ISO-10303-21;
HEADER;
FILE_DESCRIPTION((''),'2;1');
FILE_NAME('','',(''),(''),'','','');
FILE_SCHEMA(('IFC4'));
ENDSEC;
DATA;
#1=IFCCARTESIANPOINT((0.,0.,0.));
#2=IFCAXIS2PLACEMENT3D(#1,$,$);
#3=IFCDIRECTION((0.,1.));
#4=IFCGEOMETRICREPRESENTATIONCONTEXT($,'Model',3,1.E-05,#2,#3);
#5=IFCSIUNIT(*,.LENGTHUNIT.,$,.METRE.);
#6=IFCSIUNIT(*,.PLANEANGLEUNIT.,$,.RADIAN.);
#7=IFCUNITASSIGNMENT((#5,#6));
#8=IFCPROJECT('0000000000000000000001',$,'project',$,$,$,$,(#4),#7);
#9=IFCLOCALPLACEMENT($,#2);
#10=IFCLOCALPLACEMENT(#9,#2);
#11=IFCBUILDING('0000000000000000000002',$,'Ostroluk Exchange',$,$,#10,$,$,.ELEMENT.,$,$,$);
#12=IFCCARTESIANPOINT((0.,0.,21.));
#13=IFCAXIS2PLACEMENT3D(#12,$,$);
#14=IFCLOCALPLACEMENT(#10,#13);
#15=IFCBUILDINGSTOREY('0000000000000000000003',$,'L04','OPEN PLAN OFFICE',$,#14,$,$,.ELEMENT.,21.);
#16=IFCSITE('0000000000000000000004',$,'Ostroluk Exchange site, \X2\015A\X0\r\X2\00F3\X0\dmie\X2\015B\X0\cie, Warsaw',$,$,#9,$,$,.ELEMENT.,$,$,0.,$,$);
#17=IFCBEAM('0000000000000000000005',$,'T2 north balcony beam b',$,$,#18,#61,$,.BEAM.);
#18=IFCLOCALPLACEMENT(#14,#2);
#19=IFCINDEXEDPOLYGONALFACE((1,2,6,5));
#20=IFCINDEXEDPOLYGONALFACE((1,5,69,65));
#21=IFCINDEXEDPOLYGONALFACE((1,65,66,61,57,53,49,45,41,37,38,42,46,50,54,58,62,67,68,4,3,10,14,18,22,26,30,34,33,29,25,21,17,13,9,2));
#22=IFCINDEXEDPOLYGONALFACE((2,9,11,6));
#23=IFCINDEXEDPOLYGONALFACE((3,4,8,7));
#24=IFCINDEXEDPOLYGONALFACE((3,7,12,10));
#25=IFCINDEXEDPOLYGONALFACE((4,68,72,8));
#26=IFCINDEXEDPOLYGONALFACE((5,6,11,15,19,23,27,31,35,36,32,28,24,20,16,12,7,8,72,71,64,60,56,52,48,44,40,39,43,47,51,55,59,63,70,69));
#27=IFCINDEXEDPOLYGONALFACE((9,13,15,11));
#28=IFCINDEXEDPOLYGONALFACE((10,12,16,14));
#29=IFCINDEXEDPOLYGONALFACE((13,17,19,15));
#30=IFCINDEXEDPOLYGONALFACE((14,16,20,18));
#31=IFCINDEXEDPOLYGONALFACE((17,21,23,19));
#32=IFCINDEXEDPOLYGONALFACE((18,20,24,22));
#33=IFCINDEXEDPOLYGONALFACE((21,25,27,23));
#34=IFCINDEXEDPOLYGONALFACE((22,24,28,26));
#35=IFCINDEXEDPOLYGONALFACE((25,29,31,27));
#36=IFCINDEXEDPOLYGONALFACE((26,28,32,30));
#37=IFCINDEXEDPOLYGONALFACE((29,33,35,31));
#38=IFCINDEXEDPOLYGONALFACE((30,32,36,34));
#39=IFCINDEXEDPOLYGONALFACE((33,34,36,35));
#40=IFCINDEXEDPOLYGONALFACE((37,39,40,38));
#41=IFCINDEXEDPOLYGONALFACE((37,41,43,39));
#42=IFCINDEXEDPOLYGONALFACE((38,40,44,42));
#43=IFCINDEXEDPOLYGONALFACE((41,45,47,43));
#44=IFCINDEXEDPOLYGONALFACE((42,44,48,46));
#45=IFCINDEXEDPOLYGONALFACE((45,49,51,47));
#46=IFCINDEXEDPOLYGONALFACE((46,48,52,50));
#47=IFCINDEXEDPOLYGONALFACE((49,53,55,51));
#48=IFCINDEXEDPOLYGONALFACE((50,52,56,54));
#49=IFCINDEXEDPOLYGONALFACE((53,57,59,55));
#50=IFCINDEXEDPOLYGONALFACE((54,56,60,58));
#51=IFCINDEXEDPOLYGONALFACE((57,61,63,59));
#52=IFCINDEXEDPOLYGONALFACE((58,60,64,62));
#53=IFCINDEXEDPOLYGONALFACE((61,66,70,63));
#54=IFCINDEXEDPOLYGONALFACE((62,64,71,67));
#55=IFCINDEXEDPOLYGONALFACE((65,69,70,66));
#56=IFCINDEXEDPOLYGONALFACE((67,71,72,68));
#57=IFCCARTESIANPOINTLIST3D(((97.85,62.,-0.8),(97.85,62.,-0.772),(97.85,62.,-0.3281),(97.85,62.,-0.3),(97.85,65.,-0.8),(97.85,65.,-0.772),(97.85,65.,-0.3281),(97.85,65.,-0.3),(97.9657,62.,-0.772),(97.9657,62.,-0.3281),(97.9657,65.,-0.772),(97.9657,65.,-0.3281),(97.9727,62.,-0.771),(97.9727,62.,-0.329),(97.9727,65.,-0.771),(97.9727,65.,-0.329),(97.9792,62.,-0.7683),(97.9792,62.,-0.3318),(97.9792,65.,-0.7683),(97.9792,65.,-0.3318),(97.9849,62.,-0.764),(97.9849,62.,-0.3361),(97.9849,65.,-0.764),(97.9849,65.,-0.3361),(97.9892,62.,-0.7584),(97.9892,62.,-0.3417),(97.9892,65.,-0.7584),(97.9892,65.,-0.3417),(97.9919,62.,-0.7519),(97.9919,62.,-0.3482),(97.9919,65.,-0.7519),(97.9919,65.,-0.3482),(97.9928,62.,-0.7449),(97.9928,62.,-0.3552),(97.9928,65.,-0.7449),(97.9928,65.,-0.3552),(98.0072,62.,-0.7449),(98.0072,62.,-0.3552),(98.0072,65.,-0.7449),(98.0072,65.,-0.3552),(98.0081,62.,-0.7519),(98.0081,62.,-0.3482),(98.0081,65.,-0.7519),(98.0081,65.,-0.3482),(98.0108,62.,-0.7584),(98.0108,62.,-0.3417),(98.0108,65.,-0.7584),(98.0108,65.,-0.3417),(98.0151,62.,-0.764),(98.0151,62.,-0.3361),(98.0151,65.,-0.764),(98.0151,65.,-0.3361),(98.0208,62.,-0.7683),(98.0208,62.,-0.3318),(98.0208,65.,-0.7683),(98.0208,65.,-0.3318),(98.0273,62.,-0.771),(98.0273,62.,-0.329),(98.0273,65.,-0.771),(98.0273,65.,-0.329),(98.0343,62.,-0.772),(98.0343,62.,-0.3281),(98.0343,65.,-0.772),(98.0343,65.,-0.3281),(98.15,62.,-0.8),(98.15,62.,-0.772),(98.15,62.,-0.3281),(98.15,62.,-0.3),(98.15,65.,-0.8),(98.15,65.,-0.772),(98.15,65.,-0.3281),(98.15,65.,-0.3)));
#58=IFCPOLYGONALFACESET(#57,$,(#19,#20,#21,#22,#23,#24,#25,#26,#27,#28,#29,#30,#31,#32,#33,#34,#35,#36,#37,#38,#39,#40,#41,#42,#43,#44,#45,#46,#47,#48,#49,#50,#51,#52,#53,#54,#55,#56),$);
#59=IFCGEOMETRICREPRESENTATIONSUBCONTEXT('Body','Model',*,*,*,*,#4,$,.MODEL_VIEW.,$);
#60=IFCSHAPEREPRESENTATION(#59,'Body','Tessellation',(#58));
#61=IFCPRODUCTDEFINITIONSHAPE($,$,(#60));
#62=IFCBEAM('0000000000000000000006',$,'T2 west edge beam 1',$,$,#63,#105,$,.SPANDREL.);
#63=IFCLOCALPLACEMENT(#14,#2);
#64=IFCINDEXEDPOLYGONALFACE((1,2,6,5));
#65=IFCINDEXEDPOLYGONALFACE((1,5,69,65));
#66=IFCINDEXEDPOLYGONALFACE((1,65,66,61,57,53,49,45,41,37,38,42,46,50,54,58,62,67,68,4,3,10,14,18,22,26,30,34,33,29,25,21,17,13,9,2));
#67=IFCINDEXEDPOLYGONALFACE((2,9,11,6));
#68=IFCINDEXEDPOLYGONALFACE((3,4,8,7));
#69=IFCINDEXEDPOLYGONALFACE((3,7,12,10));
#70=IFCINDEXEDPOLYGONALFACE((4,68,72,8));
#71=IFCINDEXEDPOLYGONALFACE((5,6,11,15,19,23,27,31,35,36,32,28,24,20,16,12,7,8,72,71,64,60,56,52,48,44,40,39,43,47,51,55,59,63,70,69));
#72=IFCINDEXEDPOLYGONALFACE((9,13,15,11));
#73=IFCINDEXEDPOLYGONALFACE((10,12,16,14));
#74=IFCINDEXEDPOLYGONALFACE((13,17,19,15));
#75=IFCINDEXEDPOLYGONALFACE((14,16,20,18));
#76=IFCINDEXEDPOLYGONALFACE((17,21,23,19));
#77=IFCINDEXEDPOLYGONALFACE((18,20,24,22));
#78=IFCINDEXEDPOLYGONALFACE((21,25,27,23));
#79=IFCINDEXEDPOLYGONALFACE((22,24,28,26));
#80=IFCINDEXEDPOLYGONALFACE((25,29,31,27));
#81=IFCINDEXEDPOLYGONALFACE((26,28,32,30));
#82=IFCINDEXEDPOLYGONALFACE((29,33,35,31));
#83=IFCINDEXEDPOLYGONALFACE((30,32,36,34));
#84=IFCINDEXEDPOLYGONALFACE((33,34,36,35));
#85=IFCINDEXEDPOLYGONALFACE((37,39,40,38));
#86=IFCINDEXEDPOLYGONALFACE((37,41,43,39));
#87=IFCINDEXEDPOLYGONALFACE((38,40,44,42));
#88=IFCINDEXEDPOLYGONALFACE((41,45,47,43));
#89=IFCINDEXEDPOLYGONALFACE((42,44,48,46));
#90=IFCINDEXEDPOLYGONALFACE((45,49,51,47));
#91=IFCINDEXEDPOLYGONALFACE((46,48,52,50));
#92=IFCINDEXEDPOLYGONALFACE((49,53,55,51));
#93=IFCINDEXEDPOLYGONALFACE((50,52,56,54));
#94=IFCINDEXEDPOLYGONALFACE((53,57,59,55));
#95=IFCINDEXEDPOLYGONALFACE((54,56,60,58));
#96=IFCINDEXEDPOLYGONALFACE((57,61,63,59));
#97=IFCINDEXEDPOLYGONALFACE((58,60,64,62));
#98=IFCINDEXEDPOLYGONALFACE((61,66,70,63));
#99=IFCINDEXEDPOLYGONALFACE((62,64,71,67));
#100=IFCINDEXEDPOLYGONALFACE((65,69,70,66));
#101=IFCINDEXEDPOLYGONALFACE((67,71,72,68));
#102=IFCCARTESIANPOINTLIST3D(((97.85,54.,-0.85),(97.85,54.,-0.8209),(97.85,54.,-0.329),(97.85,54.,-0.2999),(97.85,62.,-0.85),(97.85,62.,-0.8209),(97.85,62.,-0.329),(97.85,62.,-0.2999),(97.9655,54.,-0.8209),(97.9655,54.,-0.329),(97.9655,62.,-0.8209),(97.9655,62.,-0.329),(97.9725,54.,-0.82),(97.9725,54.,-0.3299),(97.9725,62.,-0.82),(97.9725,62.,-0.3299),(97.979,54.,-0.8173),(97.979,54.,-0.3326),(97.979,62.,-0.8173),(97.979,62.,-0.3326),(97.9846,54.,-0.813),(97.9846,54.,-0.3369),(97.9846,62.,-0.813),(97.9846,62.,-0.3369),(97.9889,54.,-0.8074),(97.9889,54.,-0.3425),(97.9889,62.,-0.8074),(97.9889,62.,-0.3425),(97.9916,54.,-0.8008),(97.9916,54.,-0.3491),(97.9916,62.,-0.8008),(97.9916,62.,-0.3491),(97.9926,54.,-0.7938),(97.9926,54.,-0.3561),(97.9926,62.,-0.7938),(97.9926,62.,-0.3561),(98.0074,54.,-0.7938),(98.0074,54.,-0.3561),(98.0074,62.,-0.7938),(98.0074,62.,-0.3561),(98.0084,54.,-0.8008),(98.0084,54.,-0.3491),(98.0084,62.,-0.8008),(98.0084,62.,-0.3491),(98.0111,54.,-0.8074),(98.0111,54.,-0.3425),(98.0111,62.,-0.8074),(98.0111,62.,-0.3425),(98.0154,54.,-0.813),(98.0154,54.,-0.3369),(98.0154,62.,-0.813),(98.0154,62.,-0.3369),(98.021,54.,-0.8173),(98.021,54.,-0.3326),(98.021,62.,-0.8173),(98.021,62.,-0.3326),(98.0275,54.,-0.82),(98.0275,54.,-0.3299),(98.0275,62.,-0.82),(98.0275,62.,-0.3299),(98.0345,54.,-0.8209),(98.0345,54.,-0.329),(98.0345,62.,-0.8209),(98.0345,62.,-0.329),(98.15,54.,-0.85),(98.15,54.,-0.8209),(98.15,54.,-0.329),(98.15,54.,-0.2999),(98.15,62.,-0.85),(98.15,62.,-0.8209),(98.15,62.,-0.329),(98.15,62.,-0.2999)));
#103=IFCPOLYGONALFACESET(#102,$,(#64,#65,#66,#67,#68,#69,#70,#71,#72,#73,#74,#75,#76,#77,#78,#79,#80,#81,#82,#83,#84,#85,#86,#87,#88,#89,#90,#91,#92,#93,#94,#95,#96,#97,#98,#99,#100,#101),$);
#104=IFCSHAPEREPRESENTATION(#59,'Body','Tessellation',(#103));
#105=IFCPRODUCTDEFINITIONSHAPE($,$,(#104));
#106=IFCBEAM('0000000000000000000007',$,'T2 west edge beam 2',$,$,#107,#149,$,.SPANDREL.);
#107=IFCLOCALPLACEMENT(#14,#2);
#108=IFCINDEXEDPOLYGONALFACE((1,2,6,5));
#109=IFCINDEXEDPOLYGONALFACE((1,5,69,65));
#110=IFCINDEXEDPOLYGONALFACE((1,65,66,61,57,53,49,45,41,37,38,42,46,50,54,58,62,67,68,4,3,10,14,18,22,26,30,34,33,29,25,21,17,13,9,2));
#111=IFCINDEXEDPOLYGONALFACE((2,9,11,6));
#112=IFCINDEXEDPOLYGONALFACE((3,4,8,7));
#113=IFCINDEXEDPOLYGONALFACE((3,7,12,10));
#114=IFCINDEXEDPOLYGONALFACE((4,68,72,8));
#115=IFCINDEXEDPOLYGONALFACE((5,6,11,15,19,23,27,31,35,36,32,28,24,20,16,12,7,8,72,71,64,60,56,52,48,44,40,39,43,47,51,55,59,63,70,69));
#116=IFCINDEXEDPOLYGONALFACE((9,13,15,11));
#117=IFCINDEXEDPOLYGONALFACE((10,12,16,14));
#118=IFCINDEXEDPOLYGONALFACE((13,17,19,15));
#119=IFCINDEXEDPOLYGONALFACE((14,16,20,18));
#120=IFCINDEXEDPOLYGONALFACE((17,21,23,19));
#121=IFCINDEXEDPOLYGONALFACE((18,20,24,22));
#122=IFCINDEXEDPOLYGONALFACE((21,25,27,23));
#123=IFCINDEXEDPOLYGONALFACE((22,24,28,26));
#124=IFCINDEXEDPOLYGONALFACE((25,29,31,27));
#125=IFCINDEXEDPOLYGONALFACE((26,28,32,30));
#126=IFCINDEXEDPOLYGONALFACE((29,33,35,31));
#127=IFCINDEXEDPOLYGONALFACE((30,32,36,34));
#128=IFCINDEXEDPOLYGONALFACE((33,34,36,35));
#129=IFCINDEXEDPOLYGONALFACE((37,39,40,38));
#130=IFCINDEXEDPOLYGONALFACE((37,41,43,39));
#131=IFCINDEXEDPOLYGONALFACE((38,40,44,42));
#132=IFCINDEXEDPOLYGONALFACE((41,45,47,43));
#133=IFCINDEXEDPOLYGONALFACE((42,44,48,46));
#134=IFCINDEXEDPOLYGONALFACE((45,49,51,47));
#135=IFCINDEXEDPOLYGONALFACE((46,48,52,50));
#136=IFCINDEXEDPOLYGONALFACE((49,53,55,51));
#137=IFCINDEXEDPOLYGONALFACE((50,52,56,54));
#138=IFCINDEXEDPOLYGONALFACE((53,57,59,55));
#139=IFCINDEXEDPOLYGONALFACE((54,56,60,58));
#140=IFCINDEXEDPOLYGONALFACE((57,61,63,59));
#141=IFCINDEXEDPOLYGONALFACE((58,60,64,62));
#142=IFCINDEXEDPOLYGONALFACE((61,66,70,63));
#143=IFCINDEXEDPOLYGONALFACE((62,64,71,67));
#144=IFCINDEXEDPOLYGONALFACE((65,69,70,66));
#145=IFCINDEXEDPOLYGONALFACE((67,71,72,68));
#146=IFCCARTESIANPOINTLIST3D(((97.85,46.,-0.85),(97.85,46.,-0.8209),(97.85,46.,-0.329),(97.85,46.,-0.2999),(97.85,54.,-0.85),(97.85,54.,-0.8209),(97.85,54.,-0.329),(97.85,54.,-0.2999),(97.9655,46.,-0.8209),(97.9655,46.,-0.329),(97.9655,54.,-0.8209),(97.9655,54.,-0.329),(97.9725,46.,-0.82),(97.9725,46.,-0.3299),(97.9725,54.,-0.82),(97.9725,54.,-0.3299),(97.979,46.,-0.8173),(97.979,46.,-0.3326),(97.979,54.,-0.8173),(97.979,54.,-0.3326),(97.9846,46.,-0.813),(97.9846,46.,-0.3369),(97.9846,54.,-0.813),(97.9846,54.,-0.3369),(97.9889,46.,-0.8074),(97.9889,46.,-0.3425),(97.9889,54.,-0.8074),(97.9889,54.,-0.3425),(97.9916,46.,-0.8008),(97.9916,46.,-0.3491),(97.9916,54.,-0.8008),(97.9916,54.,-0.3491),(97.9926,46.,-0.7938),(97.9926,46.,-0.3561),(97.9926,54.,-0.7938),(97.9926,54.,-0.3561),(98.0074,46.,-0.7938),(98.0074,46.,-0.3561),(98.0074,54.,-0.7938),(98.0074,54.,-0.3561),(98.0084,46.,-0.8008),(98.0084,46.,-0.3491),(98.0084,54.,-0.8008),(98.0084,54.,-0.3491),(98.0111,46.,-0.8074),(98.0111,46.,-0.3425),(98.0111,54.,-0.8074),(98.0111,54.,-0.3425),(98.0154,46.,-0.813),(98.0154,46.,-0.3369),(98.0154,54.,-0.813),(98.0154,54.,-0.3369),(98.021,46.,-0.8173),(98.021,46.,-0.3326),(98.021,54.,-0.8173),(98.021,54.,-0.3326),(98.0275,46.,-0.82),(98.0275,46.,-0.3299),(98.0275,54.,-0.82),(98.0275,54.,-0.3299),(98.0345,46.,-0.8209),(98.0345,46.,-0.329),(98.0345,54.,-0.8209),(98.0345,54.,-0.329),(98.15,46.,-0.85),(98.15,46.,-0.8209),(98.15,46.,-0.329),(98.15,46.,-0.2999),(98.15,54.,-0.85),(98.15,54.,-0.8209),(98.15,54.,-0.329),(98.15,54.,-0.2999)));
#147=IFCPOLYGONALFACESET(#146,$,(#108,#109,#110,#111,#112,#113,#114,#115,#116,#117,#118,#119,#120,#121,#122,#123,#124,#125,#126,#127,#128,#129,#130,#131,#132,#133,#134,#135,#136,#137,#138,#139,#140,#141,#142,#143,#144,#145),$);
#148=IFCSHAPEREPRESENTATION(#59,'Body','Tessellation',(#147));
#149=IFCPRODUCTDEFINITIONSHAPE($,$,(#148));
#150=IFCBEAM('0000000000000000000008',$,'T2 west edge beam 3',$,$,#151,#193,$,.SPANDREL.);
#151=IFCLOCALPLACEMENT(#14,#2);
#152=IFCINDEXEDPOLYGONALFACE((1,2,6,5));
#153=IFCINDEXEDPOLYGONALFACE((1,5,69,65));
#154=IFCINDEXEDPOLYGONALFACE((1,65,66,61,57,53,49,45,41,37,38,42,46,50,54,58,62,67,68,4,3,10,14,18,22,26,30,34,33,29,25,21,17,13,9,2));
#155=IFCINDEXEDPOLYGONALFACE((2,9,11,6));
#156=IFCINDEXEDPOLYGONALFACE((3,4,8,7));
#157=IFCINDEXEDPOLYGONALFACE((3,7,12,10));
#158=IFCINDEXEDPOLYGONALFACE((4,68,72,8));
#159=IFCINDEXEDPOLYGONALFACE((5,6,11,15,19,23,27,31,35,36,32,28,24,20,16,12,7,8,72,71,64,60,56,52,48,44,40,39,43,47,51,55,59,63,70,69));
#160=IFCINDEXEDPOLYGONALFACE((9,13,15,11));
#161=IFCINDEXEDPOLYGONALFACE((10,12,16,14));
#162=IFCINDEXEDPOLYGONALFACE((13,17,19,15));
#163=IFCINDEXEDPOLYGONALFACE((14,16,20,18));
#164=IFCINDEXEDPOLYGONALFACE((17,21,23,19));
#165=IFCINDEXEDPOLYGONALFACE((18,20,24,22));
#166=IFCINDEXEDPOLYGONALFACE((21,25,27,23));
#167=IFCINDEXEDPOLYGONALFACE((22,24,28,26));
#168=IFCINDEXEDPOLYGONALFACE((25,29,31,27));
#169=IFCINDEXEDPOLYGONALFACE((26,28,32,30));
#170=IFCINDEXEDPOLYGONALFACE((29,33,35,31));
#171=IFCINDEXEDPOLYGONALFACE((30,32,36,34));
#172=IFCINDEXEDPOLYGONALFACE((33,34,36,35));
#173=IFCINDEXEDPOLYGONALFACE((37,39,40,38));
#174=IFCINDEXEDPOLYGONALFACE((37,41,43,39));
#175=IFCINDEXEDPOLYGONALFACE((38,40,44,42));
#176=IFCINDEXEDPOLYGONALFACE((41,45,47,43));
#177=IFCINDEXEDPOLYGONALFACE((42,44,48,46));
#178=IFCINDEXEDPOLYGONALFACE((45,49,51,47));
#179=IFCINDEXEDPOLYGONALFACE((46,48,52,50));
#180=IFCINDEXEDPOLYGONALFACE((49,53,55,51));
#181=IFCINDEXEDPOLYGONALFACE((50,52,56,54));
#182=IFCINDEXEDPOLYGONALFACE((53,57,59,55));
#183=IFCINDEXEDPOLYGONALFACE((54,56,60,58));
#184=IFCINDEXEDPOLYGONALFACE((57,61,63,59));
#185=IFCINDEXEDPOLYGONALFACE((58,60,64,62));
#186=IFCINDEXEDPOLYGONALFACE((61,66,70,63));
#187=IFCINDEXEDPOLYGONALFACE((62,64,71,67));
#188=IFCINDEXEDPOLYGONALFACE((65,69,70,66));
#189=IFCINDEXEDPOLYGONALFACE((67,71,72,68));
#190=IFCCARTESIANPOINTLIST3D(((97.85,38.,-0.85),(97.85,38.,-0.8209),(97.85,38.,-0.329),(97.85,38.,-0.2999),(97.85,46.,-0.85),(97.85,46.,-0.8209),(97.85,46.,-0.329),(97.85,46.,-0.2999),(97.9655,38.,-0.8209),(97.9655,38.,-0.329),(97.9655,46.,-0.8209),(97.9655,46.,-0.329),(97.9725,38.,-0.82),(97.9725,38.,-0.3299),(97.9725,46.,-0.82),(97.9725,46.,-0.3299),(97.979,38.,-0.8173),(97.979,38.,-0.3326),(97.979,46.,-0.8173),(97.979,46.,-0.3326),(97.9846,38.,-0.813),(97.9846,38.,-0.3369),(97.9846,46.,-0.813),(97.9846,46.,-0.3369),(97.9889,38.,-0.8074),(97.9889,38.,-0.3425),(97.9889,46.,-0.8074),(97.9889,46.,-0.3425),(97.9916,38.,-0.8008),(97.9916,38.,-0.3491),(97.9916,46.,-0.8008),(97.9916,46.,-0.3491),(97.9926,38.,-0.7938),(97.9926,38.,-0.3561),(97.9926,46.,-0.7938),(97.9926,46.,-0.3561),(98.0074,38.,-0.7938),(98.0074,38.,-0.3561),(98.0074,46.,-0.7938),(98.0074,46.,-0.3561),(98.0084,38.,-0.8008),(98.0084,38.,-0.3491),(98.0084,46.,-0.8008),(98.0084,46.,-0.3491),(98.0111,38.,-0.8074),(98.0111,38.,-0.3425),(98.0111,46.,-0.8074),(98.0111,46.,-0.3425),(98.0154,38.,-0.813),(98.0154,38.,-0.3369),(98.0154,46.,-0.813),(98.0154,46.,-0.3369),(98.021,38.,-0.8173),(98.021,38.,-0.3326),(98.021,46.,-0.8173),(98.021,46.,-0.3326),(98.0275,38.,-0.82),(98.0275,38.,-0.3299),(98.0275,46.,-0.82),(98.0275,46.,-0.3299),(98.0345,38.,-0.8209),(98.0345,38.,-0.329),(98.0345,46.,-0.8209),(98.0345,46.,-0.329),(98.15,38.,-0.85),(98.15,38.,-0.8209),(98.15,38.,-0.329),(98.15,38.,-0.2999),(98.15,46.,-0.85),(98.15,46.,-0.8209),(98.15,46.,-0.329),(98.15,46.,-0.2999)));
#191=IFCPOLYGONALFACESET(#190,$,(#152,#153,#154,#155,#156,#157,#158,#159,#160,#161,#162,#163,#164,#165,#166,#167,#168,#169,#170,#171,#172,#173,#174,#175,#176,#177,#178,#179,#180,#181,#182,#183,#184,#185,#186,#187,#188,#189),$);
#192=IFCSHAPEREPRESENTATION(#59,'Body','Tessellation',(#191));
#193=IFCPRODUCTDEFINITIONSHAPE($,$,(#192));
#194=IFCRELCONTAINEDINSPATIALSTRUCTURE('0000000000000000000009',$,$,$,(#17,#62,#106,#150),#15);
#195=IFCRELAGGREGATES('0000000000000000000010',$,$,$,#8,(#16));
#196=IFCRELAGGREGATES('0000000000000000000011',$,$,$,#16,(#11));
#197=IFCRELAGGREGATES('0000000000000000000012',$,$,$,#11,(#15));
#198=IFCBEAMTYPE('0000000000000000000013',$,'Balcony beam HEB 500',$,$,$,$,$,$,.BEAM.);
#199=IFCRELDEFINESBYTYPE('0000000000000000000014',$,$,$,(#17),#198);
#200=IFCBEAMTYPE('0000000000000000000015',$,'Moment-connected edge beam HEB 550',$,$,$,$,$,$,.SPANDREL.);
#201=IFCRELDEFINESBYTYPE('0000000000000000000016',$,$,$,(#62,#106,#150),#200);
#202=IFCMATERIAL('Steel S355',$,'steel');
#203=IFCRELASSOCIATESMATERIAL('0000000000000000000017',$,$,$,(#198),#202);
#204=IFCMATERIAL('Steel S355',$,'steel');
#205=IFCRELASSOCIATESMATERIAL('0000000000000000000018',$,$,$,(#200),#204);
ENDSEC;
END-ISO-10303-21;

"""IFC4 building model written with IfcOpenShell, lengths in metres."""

from ifc_helpers import new_model, si_unit, direction, frame, origin, origin_2d, place, context, subcontext, project, spatial, i_section, extrude, material, material_profile, profile_set, type_object, element, save


model = new_model("IFC4")

# Units and contexts
model_context = context("Model", 3, precision=1e-05, world=origin(), true_north=direction((0.0, 1.0)))
body_context = subcontext(model_context, "Body", "Model", "MODEL_VIEW")
ifc_project = project(units=[si_unit("LENGTHUNIT", "METRE"), si_unit("PLANEANGLEUNIT", "RADIAN")], contexts=[model_context])

# Site, building, storey
site_placement = place(None, origin())
site = spatial("IfcSite", under=ifc_project, at=site_placement, Name="Ostroluk Exchange site, Śródmieście, Warsaw", CompositionType="ELEMENT", RefElevation=0.0)
building_placement = place(site_placement, origin())
building = spatial("IfcBuilding", under=site, at=building_placement, Name="Ostroluk Exchange", CompositionType="ELEMENT")
storey_placement = place(building_placement, frame((0.0, 0.0, 21.0)))
storey = spatial("IfcBuildingStorey", under=building, at=storey_placement, Name="L04", Description="OPEN PLAN OFFICE", CompositionType="ELEMENT", Elevation=21.0)

# Beams
ifc_material_1 = material(Name="Steel S355", Category="steel")
ifc_material_profile_1 = material_profile(ifc_material_1, i_section(OverallWidth=0.3, OverallDepth=0.5, WebThickness=0.0144, FlangeThickness=0.0281, FilletRadius=0.0271, at=origin_2d()), Name="HEB 500")
ifc_profile_set_1 = profile_set([ifc_material_profile_1], Name="Steel S355")
beam_type_1 = type_object("IfcBeamType", Name="Balcony beam HEB 500", PredefinedType="BEAM", material=ifc_profile_set_1)
beam_placement = place(storey_placement, frame((98.0, 62.0, -0.55), z_axis=(0.0, 1.0, 0.0), x_axis=(-1.0, 0.0, 0.0)))
element("IfcBeam", 1, at=beam_placement, inside=storey, type_object=beam_type_1, Name="T2 north balcony beam b", PredefinedType="BEAM", context=body_context, shape_type="SweptSolid", body=[
    extrude(i_section(OverallWidth=0.3, OverallDepth=0.5, WebThickness=0.0144, FlangeThickness=0.0281, FilletRadius=0.0271, at=origin_2d()), origin(), (0.0, 0.0, 1.0), 3.0),
])
ifc_material_2 = material(Name="Steel S355", Category="steel")
ifc_material_profile_2 = material_profile(ifc_material_2, i_section(OverallWidth=0.3, OverallDepth=0.55, WebThickness=0.0149, FlangeThickness=0.0291, FilletRadius=0.0271, at=origin_2d()), Name="HEB 550")
ifc_profile_set_2 = profile_set([ifc_material_profile_2], Name="Steel S355")
beam_type_2 = type_object("IfcBeamType", Name="Moment-connected edge beam HEB 550", PredefinedType="SPANDREL", material=ifc_profile_set_2)
for number, where, z_axis, x_axis, name in (
    (2, (98.0, 62.0, -0.575), (0.0, -1.0, 0.0), (1.0, 0.0, 0.0), "T2 west edge beam 1"),
    (3, (98.0, 54.0, -0.575), (0.0, -1.0, 0.0), (1.0, 0.0, 0.0), "T2 west edge beam 2"),
    (4, (98.0, 46.0, -0.575), (0.0, -1.0, 0.0), (1.0, 0.0, 0.0), "T2 west edge beam 3"),
):
    element("IfcBeam", number, at=place(storey_placement, frame(where, z_axis=z_axis, x_axis=x_axis)), inside=storey, type_object=beam_type_2, Name=name, PredefinedType="SPANDREL", context=body_context, shape_type="SweptSolid", body=[
        extrude(i_section(OverallWidth=0.3, OverallDepth=0.55, WebThickness=0.0149, FlangeThickness=0.0291, FilletRadius=0.0271, at=origin_2d()), origin(), (0.0, 0.0, 1.0), 8.0),
    ])

save(model, "model.ifc")
